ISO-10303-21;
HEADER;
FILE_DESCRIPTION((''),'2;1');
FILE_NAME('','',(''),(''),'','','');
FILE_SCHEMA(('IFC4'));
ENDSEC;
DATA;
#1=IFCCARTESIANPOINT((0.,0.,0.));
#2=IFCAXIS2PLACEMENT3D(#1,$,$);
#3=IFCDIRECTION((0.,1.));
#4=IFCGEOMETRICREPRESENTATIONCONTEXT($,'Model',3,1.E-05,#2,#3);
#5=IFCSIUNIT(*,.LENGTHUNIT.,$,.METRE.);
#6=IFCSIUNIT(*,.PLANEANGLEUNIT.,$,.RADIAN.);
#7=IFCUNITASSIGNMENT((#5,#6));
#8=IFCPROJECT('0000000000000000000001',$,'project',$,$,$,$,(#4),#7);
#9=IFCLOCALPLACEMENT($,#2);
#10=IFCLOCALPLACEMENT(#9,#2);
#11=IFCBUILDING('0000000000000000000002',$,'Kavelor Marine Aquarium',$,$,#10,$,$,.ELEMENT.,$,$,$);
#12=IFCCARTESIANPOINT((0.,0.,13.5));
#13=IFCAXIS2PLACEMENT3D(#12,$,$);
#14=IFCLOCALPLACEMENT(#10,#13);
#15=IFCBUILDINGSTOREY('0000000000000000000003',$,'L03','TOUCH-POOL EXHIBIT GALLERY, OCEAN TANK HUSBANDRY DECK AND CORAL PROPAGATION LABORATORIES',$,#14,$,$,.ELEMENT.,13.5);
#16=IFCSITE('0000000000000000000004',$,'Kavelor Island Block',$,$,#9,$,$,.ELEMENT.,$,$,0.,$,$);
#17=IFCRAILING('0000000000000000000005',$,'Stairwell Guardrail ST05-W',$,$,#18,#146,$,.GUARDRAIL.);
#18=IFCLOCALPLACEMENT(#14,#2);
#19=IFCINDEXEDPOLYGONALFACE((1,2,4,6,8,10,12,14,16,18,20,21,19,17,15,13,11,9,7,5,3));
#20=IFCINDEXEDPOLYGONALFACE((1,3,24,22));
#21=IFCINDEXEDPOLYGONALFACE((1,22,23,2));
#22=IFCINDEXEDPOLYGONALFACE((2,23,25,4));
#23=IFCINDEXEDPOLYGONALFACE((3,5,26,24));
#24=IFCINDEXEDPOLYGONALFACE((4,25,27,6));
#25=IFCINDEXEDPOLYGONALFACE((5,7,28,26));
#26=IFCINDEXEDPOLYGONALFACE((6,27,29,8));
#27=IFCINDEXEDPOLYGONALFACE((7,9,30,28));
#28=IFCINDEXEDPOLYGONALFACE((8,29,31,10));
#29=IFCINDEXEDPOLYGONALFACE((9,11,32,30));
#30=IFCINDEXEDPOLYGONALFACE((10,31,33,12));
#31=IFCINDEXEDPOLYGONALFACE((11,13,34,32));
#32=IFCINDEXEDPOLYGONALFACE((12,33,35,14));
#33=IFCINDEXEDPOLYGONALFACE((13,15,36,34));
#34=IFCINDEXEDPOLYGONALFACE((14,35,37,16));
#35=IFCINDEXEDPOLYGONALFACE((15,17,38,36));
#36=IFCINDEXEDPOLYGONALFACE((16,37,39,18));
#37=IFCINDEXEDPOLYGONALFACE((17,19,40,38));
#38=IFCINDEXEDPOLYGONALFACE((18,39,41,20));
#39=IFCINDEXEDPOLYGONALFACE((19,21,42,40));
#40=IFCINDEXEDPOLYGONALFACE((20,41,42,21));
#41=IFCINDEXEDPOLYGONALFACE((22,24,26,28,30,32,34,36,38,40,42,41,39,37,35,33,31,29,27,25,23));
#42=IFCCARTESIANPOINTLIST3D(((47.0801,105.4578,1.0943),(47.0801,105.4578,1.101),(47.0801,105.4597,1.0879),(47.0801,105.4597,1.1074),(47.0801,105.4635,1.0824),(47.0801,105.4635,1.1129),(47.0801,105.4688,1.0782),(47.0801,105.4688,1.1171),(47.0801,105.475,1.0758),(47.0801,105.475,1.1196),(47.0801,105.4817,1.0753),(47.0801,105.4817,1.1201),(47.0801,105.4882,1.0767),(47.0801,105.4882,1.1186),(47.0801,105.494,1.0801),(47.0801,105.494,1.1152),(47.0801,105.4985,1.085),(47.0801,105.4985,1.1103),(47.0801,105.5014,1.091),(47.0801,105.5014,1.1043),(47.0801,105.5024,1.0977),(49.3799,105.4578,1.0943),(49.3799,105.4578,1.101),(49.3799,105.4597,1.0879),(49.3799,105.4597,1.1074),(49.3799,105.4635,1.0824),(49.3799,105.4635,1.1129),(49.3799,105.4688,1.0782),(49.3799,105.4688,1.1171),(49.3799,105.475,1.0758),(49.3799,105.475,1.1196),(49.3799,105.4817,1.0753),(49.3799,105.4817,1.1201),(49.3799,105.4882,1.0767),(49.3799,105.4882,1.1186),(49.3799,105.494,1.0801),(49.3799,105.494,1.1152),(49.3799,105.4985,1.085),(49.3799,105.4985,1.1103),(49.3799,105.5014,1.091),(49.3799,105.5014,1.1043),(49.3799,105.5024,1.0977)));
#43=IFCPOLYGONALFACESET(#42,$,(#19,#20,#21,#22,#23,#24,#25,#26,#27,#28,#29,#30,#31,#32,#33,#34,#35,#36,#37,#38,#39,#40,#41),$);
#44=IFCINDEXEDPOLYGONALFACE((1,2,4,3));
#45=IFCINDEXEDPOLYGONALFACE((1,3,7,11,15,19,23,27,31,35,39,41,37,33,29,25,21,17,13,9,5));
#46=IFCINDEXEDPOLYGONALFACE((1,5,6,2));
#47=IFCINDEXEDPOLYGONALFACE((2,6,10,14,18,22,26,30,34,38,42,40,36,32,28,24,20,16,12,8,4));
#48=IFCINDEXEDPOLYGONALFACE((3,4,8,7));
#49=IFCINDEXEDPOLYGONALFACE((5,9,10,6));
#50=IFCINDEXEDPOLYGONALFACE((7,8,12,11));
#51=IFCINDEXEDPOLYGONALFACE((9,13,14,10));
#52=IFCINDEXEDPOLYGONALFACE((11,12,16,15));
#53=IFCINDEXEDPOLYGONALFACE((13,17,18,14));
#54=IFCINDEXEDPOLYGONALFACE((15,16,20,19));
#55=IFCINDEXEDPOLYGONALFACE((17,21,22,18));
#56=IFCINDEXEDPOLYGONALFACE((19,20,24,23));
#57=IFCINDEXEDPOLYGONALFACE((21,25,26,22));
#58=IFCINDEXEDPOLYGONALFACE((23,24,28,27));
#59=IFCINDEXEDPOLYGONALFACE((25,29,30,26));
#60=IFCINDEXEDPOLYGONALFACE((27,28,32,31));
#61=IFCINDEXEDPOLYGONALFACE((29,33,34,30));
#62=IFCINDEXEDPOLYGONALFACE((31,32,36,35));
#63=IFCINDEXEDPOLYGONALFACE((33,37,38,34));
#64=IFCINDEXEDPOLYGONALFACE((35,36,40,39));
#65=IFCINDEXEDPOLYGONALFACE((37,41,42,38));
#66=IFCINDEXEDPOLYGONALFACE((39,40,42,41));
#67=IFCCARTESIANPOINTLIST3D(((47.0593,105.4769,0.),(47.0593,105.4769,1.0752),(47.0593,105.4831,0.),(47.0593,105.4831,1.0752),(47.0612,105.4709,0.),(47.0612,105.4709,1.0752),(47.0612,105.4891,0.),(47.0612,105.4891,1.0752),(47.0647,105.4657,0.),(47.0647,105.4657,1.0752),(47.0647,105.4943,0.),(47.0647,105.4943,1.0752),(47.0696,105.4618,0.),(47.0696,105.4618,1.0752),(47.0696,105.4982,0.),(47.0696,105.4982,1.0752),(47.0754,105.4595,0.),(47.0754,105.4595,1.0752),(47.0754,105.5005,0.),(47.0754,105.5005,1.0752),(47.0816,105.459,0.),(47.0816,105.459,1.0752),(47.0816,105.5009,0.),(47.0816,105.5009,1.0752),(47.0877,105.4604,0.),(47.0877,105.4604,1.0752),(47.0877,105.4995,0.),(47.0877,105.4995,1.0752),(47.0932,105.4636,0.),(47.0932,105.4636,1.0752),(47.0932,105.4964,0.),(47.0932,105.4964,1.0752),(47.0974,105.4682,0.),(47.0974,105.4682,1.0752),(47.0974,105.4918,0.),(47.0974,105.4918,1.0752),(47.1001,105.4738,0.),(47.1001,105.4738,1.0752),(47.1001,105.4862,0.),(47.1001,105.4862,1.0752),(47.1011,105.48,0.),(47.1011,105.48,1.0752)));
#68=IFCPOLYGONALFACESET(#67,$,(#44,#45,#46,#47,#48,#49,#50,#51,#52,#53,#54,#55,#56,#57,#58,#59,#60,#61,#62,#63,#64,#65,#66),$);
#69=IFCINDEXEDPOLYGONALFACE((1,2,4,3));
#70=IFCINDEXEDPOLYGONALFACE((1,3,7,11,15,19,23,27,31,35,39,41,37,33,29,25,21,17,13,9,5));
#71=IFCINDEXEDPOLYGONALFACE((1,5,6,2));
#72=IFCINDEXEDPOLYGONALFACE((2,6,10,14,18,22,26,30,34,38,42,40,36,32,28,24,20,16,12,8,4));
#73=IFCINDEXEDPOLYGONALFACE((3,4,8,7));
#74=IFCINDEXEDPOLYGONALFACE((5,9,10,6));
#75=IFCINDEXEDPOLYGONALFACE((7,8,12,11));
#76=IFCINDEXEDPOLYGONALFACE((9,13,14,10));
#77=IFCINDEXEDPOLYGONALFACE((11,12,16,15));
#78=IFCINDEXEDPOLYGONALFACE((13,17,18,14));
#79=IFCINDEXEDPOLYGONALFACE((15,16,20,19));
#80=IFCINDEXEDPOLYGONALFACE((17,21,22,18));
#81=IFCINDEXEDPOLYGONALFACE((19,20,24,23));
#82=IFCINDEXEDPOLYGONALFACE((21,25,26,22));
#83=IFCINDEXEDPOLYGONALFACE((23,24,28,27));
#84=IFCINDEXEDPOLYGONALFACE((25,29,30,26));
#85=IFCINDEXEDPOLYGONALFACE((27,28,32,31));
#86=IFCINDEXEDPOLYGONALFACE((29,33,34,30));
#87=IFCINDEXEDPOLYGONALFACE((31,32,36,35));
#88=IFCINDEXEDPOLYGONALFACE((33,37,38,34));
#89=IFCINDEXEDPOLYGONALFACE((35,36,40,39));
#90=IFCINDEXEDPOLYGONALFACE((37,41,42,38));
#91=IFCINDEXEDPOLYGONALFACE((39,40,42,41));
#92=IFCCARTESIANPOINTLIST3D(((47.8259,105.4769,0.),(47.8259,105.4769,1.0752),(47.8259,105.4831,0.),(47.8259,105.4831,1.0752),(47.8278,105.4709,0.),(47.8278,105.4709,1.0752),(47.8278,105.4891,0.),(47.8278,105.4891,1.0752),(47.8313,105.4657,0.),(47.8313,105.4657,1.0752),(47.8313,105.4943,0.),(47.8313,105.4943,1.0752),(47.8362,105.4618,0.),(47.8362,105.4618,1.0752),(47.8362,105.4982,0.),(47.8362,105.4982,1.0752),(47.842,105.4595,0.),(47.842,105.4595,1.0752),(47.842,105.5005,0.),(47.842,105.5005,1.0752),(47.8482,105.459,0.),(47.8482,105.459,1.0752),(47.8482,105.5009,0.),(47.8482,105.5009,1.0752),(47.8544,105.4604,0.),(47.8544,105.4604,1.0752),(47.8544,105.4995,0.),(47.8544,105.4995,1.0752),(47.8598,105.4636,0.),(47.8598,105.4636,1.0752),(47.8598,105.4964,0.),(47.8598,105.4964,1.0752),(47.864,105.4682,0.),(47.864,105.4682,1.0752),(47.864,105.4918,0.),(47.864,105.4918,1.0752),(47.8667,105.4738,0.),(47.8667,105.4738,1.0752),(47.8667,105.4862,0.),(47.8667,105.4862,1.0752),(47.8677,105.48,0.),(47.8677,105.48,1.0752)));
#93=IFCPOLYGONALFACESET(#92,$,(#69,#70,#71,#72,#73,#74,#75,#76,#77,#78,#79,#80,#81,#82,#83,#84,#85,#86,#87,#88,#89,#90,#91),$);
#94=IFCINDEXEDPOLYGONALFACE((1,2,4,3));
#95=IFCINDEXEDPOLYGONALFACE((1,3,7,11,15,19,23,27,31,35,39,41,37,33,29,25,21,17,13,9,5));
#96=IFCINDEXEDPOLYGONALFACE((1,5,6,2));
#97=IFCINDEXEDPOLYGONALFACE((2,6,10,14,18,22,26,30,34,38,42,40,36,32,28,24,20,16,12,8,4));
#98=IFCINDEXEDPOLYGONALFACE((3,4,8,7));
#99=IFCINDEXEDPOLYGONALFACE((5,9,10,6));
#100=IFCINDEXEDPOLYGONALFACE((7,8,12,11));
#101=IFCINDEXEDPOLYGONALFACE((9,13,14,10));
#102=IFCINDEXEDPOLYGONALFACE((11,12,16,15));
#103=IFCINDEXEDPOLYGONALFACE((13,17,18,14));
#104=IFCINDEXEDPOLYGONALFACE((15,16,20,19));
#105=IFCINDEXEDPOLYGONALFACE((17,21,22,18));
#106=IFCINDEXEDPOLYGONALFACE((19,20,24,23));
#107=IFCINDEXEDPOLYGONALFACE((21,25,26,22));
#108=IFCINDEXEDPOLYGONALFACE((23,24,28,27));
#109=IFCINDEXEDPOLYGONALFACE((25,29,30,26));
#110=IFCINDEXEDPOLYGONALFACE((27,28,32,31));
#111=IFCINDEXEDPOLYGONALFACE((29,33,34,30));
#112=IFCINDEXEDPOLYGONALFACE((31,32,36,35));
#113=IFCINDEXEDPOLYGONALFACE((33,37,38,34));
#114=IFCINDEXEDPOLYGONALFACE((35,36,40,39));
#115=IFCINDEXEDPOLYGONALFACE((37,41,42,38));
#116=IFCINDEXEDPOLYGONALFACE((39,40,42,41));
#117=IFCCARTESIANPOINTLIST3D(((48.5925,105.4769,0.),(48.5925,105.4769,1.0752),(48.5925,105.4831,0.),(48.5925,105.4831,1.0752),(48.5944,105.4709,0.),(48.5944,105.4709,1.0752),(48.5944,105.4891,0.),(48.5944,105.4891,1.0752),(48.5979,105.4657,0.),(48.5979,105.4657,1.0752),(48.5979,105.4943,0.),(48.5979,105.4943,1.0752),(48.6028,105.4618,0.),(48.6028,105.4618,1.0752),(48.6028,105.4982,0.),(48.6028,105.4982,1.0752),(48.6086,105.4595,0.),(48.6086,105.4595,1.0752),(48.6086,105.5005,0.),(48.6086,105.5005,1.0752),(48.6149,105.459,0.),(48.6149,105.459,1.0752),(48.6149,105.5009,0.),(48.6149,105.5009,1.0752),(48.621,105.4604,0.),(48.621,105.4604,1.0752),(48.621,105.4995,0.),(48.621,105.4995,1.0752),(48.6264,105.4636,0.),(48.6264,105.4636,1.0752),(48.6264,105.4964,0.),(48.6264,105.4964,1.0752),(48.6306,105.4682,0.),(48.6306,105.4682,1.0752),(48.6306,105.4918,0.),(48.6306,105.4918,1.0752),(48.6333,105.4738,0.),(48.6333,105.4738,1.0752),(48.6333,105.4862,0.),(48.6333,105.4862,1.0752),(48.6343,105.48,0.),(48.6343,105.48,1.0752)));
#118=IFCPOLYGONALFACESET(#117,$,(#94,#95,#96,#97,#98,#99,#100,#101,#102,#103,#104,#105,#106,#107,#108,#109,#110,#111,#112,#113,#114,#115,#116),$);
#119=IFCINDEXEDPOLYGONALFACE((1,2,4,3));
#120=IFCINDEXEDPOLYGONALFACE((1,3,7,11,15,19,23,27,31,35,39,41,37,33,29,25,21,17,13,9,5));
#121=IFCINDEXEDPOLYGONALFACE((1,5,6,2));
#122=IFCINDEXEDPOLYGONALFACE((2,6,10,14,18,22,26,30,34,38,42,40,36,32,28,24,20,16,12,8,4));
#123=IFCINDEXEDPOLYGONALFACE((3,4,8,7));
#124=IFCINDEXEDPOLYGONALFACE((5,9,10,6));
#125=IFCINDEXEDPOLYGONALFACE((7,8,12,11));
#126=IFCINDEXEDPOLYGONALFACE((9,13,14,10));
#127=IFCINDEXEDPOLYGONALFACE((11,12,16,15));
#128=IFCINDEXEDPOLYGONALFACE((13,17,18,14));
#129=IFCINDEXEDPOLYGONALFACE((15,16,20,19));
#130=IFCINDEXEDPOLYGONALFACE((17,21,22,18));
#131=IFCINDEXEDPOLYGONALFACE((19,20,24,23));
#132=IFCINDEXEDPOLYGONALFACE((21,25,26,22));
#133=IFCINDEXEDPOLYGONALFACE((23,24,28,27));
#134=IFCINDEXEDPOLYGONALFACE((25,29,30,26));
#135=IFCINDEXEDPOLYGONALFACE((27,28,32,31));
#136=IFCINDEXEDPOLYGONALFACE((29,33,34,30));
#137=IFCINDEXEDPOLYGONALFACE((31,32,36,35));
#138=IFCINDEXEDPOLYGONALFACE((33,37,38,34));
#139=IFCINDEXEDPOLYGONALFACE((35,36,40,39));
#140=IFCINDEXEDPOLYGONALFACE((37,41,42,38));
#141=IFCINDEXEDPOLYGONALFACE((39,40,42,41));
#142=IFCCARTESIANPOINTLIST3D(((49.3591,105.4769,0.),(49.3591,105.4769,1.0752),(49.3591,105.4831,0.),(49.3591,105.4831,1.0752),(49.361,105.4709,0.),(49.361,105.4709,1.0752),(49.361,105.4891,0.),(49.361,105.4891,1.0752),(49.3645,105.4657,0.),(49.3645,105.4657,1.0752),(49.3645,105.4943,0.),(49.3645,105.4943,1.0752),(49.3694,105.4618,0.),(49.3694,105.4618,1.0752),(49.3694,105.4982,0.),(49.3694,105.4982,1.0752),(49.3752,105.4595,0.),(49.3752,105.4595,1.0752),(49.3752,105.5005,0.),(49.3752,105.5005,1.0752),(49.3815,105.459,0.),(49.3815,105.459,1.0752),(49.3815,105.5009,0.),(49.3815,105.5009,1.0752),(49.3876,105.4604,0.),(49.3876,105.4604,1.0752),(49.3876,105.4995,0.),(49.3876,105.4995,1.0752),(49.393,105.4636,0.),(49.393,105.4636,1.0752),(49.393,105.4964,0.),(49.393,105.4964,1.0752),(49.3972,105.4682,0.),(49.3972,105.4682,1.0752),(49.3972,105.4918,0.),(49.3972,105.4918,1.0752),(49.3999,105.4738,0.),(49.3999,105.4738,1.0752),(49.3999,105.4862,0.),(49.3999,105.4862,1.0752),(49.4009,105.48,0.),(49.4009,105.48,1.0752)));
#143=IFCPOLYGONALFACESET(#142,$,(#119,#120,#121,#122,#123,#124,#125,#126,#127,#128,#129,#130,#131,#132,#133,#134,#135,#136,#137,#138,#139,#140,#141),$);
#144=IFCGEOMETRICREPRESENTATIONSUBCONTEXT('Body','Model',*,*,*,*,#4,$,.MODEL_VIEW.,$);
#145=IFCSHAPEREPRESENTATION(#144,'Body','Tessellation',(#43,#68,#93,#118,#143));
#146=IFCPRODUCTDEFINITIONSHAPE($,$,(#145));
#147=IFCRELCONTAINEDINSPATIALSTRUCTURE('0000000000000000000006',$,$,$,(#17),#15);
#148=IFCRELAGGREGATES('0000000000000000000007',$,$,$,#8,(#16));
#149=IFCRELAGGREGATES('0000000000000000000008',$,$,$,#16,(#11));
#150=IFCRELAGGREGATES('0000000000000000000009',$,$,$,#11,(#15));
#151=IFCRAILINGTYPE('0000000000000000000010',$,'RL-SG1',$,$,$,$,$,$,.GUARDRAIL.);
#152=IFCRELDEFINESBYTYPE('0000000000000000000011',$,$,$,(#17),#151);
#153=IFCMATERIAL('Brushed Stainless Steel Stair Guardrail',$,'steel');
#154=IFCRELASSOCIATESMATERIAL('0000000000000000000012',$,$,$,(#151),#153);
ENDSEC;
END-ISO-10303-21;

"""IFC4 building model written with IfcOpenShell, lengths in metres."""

from ifc_helpers import new_model, si_unit, direction, frame, origin, origin_2d, place, context, subcontext, project, spatial, circle, extrude, material, type_object, element, save


model = new_model("IFC4")

# Units and contexts
model_context = context("Model", 3, precision=1e-05, world=origin(), true_north=direction((0.0, 1.0)))
body_context = subcontext(model_context, "Body", "Model", "MODEL_VIEW")
ifc_project = project(units=[si_unit("LENGTHUNIT", "METRE"), si_unit("PLANEANGLEUNIT", "RADIAN")], contexts=[model_context])

# Site, building, storey
site_placement = place(None, origin())
site = spatial("IfcSite", under=ifc_project, at=site_placement, Name="Kavelor Island Block", CompositionType="ELEMENT", RefElevation=0.0)
building_placement = place(site_placement, origin())
building = spatial("IfcBuilding", under=site, at=building_placement, Name="Kavelor Marine Aquarium", CompositionType="ELEMENT")
storey_placement = place(building_placement, frame((0.0, 0.0, 13.5)))
storey = spatial("IfcBuildingStorey", under=building, at=storey_placement, Name="L03", Description="TOUCH-POOL EXHIBIT GALLERY, OCEAN TANK HUSBANDRY DECK AND CORAL PROPAGATION LABORATORIES", CompositionType="ELEMENT", Elevation=13.5)

# Railing
ifc_material_1 = material(Name="Brushed Stainless Steel Stair Guardrail", Category="steel")
railing_type_1 = type_object("IfcRailingType", Name="RL-SG1", PredefinedType="GUARDRAIL", material=ifc_material_1)
railing_1_placement = place(storey_placement, frame((47.0801, 105.48, 0.0)))
element("IfcRailing", 1, at=railing_1_placement, inside=storey, type_object=railing_type_1, Name="Stairwell Guardrail ST05-W", PredefinedType="GUARDRAIL", context=body_context, shape_type="SweptSolid", body=[
    extrude(circle(Radius=0.0225, at=origin_2d()), frame((0.0, 0.0, 1.0977), z_axis=(1.0, 0.0, 0.0), x_axis=(0.0, 1.0, 0.0)), (0.0, 0.0, 1.0), 2.2998),
    extrude(circle(Radius=0.021, at=origin_2d()), origin(), (0.0, 0.0, 1.0), 1.0752),
    extrude(circle(Radius=0.021, at=origin_2d()), frame((0.7666, 0.0, 0.0)), (0.0, 0.0, 1.0), 1.0752),
    extrude(circle(Radius=0.021, at=origin_2d()), frame((1.5332, 0.0, 0.0)), (0.0, 0.0, 1.0), 1.0752),
    extrude(circle(Radius=0.021, at=origin_2d()), frame((2.2998, 0.0, 0.0)), (0.0, 0.0, 1.0), 1.0752),
])

save(model, "model.ifc")
